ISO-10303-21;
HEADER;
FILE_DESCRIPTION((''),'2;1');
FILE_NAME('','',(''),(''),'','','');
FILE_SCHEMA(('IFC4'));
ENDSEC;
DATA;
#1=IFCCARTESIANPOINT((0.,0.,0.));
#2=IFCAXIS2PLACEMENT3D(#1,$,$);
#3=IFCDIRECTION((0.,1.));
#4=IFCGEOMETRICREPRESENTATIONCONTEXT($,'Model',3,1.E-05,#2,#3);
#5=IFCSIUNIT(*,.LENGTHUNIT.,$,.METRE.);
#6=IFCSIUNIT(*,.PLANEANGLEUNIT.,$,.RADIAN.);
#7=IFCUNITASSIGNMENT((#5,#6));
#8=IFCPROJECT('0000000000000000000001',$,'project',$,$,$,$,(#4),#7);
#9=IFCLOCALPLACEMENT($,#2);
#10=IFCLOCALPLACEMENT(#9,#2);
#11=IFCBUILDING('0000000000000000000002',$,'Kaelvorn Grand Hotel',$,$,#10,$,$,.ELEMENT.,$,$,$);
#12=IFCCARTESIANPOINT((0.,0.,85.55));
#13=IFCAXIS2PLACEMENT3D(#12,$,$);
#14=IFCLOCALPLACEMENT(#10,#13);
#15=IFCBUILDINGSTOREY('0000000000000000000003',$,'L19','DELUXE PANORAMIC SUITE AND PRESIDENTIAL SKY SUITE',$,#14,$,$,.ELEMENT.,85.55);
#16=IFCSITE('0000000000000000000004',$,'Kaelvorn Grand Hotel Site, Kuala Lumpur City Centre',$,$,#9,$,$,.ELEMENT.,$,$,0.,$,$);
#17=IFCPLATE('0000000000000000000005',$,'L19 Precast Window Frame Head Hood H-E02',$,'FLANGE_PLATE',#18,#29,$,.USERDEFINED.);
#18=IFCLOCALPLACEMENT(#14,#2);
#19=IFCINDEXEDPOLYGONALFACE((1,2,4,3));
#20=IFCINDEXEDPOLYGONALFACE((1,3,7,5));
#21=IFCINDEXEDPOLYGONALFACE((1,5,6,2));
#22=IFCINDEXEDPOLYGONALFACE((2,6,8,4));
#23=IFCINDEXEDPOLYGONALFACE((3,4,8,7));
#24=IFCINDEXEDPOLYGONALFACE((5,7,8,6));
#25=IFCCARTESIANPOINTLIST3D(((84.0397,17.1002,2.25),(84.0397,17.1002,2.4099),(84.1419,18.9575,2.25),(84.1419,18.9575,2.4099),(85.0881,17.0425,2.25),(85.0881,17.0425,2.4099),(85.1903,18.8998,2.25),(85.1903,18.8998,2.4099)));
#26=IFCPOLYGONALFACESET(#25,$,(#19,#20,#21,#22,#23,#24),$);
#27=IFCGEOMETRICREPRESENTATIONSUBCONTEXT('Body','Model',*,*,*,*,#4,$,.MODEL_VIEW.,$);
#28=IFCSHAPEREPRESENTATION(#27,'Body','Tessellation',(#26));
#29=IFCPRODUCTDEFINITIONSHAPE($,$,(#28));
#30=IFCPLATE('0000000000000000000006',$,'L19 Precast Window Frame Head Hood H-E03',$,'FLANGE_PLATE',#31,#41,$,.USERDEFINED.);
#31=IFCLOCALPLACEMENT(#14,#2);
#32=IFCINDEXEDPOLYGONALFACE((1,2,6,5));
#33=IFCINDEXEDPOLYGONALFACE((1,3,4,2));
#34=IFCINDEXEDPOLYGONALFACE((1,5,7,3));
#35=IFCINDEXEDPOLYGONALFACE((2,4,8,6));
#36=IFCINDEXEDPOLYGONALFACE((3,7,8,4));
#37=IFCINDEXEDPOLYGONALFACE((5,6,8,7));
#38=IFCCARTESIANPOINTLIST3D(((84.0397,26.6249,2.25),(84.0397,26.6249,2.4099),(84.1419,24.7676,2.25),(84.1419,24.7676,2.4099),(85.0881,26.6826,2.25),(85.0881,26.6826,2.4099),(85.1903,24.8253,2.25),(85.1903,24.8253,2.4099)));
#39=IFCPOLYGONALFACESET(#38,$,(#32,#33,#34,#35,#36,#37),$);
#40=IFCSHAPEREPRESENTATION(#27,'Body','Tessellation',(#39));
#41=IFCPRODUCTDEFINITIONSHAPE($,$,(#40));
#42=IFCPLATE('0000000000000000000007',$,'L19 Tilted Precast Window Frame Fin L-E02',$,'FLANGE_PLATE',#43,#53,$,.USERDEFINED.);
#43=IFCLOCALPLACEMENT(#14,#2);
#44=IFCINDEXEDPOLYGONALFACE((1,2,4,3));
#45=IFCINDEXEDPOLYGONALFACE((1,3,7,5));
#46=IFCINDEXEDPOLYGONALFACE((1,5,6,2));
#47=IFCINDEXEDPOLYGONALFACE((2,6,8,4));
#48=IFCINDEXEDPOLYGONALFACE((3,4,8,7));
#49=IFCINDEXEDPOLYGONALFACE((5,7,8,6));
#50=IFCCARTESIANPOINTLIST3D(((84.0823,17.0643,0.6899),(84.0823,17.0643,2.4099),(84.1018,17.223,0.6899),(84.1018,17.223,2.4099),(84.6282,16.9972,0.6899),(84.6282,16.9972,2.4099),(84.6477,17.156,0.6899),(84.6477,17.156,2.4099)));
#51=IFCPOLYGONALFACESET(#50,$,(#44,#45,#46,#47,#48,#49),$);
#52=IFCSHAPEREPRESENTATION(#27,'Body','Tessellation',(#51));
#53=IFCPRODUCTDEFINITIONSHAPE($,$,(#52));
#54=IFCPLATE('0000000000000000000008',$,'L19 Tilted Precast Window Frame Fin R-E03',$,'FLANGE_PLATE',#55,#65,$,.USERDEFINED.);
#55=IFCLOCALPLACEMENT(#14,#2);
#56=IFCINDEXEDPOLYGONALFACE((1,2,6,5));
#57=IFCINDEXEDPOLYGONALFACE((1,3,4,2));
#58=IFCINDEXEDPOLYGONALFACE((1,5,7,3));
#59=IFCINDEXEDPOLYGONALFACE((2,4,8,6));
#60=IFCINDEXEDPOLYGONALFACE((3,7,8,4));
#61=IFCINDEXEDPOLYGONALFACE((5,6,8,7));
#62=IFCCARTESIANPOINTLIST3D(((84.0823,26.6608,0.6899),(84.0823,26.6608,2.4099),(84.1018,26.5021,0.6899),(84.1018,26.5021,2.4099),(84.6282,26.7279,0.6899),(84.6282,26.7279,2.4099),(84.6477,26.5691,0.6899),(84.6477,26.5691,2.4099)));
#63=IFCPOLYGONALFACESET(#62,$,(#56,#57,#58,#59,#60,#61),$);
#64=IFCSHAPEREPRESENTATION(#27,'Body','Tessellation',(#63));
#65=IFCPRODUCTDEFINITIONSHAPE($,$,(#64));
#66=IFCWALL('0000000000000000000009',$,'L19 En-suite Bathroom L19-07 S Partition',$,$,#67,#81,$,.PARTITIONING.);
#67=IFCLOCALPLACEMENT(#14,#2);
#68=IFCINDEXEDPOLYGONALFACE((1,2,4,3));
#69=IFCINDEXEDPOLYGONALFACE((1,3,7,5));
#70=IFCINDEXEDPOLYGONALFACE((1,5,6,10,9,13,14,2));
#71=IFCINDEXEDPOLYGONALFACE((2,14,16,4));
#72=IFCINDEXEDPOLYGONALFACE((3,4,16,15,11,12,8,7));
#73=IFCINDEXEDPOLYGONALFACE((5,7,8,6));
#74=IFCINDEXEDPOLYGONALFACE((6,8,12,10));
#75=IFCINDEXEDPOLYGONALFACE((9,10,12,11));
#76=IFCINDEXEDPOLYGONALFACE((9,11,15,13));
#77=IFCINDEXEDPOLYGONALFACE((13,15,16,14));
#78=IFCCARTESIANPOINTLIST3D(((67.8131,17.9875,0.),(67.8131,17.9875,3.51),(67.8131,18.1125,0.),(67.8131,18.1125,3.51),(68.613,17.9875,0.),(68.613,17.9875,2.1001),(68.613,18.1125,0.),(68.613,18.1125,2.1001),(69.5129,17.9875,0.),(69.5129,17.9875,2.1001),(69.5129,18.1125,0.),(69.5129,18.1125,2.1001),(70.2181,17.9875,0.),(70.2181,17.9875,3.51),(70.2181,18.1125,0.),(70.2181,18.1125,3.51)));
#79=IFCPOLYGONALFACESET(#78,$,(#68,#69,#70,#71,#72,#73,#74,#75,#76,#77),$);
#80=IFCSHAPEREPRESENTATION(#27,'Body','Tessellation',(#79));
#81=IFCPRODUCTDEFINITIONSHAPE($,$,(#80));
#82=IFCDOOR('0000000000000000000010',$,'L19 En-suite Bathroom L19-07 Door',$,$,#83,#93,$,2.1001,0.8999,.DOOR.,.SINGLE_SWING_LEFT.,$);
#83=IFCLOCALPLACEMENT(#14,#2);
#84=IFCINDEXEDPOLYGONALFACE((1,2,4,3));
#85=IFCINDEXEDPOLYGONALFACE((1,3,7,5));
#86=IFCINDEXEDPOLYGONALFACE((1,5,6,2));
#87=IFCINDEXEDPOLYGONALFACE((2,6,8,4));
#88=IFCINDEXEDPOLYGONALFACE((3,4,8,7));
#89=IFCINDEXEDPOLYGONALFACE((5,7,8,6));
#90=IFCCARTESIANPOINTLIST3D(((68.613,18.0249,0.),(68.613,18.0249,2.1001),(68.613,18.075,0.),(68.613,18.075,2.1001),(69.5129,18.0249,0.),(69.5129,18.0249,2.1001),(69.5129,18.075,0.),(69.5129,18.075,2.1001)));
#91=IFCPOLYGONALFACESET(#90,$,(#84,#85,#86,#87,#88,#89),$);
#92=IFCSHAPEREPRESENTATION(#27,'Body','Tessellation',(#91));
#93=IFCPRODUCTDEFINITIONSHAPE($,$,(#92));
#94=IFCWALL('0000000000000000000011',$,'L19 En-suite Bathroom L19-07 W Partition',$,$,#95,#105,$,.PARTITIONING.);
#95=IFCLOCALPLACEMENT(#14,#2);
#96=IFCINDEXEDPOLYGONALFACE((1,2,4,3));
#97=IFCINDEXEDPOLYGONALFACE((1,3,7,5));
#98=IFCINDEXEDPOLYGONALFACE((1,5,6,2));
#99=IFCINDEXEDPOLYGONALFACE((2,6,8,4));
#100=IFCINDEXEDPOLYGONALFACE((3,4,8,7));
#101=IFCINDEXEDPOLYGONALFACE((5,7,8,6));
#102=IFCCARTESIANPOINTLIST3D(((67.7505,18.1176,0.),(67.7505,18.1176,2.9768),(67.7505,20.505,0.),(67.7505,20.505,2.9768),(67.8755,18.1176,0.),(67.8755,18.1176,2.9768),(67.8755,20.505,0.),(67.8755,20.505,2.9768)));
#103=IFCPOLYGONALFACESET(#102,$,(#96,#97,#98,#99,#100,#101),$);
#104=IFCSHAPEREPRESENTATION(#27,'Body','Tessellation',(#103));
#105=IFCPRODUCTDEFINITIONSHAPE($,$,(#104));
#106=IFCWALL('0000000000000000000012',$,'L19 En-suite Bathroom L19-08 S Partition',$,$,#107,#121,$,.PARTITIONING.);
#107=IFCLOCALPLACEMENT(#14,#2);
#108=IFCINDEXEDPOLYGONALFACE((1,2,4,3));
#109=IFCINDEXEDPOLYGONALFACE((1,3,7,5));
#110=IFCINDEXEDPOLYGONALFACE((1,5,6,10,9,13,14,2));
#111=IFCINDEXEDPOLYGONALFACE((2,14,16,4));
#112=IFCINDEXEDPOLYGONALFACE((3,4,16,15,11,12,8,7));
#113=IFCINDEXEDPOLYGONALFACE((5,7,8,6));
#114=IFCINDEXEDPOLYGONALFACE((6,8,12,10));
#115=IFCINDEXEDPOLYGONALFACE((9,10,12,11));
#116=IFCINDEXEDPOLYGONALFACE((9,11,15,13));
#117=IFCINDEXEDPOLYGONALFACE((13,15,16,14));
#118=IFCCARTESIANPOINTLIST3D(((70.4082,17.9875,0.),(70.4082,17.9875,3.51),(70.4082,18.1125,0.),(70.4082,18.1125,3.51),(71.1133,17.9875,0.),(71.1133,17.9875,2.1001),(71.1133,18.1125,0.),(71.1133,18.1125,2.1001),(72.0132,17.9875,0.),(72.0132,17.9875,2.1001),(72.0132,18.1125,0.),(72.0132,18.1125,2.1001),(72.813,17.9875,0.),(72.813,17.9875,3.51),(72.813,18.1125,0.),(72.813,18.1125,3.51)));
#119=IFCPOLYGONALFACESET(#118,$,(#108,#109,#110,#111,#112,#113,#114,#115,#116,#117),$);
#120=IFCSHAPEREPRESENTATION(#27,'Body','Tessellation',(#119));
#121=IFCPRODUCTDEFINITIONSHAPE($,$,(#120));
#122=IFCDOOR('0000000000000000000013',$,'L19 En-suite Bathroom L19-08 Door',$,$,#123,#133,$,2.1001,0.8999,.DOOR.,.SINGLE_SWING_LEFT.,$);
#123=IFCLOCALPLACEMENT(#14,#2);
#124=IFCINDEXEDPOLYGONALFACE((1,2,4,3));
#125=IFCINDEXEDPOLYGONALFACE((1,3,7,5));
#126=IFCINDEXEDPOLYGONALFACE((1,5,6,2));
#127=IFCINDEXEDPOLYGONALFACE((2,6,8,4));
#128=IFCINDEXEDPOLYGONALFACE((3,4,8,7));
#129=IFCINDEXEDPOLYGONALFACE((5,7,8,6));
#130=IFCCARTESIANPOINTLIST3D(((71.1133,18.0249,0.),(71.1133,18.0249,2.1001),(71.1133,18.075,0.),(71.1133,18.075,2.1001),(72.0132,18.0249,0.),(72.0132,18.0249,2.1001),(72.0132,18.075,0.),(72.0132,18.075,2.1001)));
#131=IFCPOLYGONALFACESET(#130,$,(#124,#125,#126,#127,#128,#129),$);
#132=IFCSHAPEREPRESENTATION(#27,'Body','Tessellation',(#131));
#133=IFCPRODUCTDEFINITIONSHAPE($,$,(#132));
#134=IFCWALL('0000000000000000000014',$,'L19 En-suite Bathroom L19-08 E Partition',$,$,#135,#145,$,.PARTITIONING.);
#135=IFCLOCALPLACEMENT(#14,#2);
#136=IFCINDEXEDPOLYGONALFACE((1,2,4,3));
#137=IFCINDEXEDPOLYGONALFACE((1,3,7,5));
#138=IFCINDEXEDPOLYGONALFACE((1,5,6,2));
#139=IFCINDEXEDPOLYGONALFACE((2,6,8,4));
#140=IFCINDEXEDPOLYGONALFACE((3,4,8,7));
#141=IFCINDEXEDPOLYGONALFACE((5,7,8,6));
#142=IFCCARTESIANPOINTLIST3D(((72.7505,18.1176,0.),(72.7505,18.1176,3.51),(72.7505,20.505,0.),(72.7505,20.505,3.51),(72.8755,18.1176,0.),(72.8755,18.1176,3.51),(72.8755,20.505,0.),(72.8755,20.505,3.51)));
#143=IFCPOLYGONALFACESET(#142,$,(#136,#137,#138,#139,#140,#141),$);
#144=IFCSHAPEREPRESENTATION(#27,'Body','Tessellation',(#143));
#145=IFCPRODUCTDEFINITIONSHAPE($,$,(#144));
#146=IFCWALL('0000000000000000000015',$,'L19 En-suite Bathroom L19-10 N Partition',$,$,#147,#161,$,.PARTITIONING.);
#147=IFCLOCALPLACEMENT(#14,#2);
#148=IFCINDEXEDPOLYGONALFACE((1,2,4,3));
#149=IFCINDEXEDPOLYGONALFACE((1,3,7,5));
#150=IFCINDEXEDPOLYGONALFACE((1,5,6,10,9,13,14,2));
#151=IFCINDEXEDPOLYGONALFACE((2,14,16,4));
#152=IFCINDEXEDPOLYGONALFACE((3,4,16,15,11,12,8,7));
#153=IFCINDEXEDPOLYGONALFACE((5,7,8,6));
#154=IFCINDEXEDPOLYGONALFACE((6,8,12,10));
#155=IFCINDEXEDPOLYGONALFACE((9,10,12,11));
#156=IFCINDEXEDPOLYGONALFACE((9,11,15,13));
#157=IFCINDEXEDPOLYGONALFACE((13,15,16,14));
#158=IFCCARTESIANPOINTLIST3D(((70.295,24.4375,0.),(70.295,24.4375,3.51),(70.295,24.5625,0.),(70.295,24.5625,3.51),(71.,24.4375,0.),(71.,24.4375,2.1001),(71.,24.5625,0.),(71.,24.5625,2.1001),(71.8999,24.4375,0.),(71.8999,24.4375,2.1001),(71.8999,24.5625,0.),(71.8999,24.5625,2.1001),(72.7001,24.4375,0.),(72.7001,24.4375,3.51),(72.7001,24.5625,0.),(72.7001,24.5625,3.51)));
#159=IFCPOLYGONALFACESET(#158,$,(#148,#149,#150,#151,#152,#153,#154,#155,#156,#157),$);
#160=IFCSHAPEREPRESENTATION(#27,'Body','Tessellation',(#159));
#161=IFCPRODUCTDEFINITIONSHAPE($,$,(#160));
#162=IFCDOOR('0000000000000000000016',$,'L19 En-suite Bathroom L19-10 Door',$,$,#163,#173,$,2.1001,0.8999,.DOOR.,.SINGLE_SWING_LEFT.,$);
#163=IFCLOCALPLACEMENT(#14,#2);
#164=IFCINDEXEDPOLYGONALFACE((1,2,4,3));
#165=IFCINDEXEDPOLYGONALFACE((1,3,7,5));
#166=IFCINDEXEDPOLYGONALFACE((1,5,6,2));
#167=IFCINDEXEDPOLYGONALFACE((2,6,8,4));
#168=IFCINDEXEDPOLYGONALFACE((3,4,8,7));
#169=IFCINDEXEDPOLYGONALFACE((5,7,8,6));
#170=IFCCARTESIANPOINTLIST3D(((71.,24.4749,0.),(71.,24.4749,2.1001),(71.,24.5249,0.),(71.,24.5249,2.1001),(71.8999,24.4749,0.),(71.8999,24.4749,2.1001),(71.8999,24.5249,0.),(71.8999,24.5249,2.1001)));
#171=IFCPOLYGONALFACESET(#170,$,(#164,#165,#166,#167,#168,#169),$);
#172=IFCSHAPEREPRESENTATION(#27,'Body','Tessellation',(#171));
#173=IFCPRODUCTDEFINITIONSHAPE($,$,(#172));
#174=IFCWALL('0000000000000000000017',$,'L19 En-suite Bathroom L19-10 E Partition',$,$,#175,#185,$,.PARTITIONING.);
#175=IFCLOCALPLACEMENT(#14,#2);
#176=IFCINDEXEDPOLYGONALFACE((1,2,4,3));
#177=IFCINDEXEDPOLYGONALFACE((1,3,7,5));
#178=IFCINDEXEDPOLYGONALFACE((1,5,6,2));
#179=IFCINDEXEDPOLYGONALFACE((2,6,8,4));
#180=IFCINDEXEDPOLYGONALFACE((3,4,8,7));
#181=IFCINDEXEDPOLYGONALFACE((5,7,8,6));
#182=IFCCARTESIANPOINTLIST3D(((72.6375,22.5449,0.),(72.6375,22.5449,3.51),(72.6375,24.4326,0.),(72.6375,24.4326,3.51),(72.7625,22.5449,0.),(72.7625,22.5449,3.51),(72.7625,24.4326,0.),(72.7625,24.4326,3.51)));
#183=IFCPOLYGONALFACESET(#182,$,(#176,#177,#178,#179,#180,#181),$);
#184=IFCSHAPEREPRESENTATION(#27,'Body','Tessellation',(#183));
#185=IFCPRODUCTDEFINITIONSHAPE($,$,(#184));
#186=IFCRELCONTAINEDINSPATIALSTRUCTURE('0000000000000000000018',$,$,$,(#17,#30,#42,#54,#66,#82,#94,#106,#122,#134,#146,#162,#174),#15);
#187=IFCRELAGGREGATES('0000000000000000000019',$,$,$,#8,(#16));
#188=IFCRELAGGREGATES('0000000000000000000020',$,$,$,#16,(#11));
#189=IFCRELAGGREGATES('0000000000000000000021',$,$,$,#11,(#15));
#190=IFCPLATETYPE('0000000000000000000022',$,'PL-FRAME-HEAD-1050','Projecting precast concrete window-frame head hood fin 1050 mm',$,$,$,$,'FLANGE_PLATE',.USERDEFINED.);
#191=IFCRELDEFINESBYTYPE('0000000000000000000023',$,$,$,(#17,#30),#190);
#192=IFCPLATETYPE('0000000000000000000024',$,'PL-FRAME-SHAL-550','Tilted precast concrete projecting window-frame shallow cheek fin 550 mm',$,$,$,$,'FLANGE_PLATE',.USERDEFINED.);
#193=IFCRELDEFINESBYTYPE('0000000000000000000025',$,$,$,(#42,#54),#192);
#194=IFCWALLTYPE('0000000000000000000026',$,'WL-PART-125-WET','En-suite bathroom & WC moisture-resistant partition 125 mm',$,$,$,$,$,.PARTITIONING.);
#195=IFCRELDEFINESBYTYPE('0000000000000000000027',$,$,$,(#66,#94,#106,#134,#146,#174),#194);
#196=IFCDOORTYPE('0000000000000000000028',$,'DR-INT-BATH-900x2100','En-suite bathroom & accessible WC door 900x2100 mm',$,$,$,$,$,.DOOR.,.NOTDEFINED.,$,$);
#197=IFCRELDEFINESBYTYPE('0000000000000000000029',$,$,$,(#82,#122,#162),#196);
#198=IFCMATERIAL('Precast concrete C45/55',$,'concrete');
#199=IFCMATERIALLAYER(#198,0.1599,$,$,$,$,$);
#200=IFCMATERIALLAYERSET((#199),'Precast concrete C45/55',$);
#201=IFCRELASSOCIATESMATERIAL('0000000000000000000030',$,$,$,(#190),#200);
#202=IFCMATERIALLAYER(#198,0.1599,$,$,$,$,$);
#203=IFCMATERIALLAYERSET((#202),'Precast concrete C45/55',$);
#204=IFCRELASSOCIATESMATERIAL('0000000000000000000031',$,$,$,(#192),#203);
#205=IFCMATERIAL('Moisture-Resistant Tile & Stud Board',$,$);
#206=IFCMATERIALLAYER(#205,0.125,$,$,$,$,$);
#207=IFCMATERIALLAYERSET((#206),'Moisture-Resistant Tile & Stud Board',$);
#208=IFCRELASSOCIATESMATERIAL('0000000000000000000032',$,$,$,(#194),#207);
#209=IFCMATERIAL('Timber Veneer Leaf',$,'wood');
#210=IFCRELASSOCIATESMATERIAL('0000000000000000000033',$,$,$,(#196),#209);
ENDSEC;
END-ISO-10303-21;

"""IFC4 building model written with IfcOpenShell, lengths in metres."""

from ifc_helpers import new_model, si_unit, direction, frame, frame_2d, origin, origin_2d, place, context, subcontext, project, spatial, rectangle, extrude, material, layer, layer_set, type_object, element, fill, save


model = new_model("IFC4")

# Units and contexts
model_context = context("Model", 3, precision=1e-05, world=origin(), true_north=direction((0.0, 1.0)))
body_context = subcontext(model_context, "Body", "Model", "MODEL_VIEW")
ifc_project = project(units=[si_unit("LENGTHUNIT", "METRE"), si_unit("PLANEANGLEUNIT", "RADIAN")], contexts=[model_context])

# Site, building, storey
site_placement = place(None, origin())
site = spatial("IfcSite", under=ifc_project, at=site_placement, Name="Kaelvorn Grand Hotel Site, Kuala Lumpur City Centre", CompositionType="ELEMENT", RefElevation=0.0)
building_placement = place(site_placement, origin())
building = spatial("IfcBuilding", under=site, at=building_placement, Name="Kaelvorn Grand Hotel", CompositionType="ELEMENT")
storey_placement = place(building_placement, frame((0.0, 0.0, 85.55)))
storey = spatial("IfcBuildingStorey", under=building, at=storey_placement, Name="L19", Description="DELUXE PANORAMIC SUITE AND PRESIDENTIAL SKY SUITE", CompositionType="ELEMENT", Elevation=85.55)

# Plates
ifc_material_1 = material(Name="Precast concrete C45/55", Category="concrete")
ifc_layer_1 = layer(ifc_material_1, 0.1599)
ifc_layer_set_1 = layer_set([ifc_layer_1], Name="Precast concrete C45/55")
plate_type_1 = type_object("IfcPlateType", Name="PL-FRAME-HEAD-1050", Description="Projecting precast concrete window-frame head hood fin 1050 mm", ElementType="FLANGE_PLATE", PredefinedType="USERDEFINED", material=ifc_layer_set_1)
for number, where, z_axis, x_axis, name in (
    (1, (84.615, 18.0, 2.25), (0.0, 0.0, 1.0), (0.05495, 0.998489, 0.0), "L19 Precast Window Frame Head Hood H-E02"),
    (2, (84.615, 25.7251, 2.25), (0.0, 0.0, 1.0), (-0.05495, 0.998489, 0.0), "L19 Precast Window Frame Head Hood H-E03"),
):
    element("IfcPlate", number, at=place(storey_placement, frame(where, z_axis=z_axis, x_axis=x_axis)), inside=storey, type_object=plate_type_1, Name=name, ObjectType="FLANGE_PLATE", PredefinedType="USERDEFINED", context=body_context, shape_type="SweptSolid", body=[
        extrude(rectangle(XDim=1.8601, YDim=1.05, at=origin_2d()), origin(), (0.0, 0.0, 1.0), 0.1599),
    ])
ifc_layer_2 = layer(ifc_material_1, 0.1599)
ifc_layer_set_2 = layer_set([ifc_layer_2], Name="Precast concrete C45/55")
plate_type_2 = type_object("IfcPlateType", Name="PL-FRAME-SHAL-550", Description="Tilted precast concrete projecting window-frame shallow cheek fin 550 mm", ElementType="FLANGE_PLATE", PredefinedType="USERDEFINED", material=ifc_layer_set_2)
for number, where, z_axis, x_axis, name in (
    (3, (84.365, 17.1101, 0.6899), (0.0, 0.0, 1.0), (0.121869, 0.992546, 0.0), "L19 Tilted Precast Window Frame Fin L-E02"),
    (4, (84.365, 26.615, 0.6899), (0.0, 0.0, 1.0), (-0.121869, 0.992546, 0.0), "L19 Tilted Precast Window Frame Fin R-E03"),
):
    element("IfcPlate", number, at=place(storey_placement, frame(where, z_axis=z_axis, x_axis=x_axis)), inside=storey, type_object=plate_type_2, Name=name, ObjectType="FLANGE_PLATE", PredefinedType="USERDEFINED", context=body_context, shape_type="SweptSolid", body=[
        extrude(rectangle(XDim=0.1599, YDim=0.55, at=origin_2d()), origin(), (0.0, 0.0, 1.0), 1.72),
    ])

# Wall, opening, door
ifc_material_2 = material(Name="Moisture-Resistant Tile & Stud Board")
ifc_layer_3 = layer(ifc_material_2, 0.125)
ifc_layer_set_3 = layer_set([ifc_layer_3], Name="Moisture-Resistant Tile & Stud Board")
wall_type_1 = type_object("IfcWallType", Name="WL-PART-125-WET", Description="En-suite bathroom & WC moisture-resistant partition 125 mm", PredefinedType="PARTITIONING", material=ifc_layer_set_3)
wall_1_placement = place(storey_placement, frame((67.813, 18.05, 0.0), z_axis=(0.0, 0.0, 1.0), x_axis=(1.0, 0.0, 0.0)))
wall_1 = element("IfcWall", 5, at=wall_1_placement, inside=storey, type_object=wall_type_1, Name="L19 En-suite Bathroom L19-07 S Partition", PredefinedType="PARTITIONING", context=body_context, shape_type="SweptSolid", body=[
    extrude(rectangle(XDim=2.405, YDim=0.125, at=frame_2d((1.2026, 0.0))), origin(), (0.0, 0.0, 1.0), 3.51),
])
opening_1_placement = place(wall_1_placement, frame((0.8, 0.0, 0.0)))
opening_1 = element("IfcOpeningElement", 6, at=opening_1_placement, cuts=wall_1, PredefinedType="OPENING", context=body_context, shape_type="SweptSolid", body=[
    extrude(rectangle(XDim=0.8999, YDim=2.1001, at=frame_2d((0.45, 1.05))), frame((0.0, 0.0725, 0.0), z_axis=(0.0, -1.0, 0.0), x_axis=(1.0, 0.0, 0.0)), (0.0, 0.0, 1.0), 0.145),
])
ifc_material_3 = material(Name="Timber Veneer Leaf", Category="wood")
door_type_1 = type_object("IfcDoorType", Name="DR-INT-BATH-900x2100", Description="En-suite bathroom & accessible WC door 900x2100 mm", OperationType="NOTDEFINED", PredefinedType="DOOR", material=ifc_material_3)
door_1_placement = place(opening_1_placement, origin())
door_1 = element("IfcDoor", 7, at=door_1_placement, inside=storey, type_object=door_type_1, Name="L19 En-suite Bathroom L19-07 Door", OperationType="SINGLE_SWING_LEFT", OverallHeight=2.1001, OverallWidth=0.8999, PredefinedType="DOOR", context=body_context, shape_type="SweptSolid", body=[
    extrude(rectangle(XDim=0.8999, YDim=2.1001, at=frame_2d((0.45, 1.05))), frame((0.0, 0.0249, 0.0), z_axis=(0.0, -1.0, 0.0), x_axis=(1.0, 0.0, 0.0)), (0.0, 0.0, 1.0), 0.05),
])
fill(opening_1, door_1)

# Wall
wall_2_placement = place(storey_placement, frame((67.813, 18.1174, 0.0), z_axis=(0.0, 0.0, 1.0), x_axis=(0.0, 1.0, 0.0)))
element("IfcWall", 8, at=wall_2_placement, inside=storey, type_object=wall_type_1, Name="L19 En-suite Bathroom L19-07 W Partition", PredefinedType="PARTITIONING", context=body_context, shape_type="SweptSolid", body=[
    extrude(rectangle(XDim=2.3875, YDim=0.125, at=frame_2d((1.1938, 0.0))), origin(), (0.0, 0.0, 1.0), 2.9768),
])

# Wall, opening, door
wall_3_placement = place(storey_placement, frame((70.4082, 18.05, 0.0), z_axis=(0.0, 0.0, 1.0), x_axis=(1.0, 0.0, 0.0)))
wall_3 = element("IfcWall", 9, at=wall_3_placement, inside=storey, type_object=wall_type_1, Name="L19 En-suite Bathroom L19-08 S Partition", PredefinedType="PARTITIONING", context=body_context, shape_type="SweptSolid", body=[
    extrude(rectangle(XDim=2.4048, YDim=0.125, at=frame_2d((1.2024, 0.0))), origin(), (0.0, 0.0, 1.0), 3.51),
])
opening_2_placement = place(wall_3_placement, frame((0.7051, 0.0, 0.0)))
opening_2 = element("IfcOpeningElement", 10, at=opening_2_placement, cuts=wall_3, PredefinedType="OPENING", context=body_context, shape_type="SweptSolid", body=[
    extrude(rectangle(XDim=0.8999, YDim=2.1001, at=frame_2d((0.45, 1.05))), frame((0.0, 0.0725, 0.0), z_axis=(0.0, -1.0, 0.0), x_axis=(1.0, 0.0, 0.0)), (0.0, 0.0, 1.0), 0.145),
])
door_2_placement = place(opening_2_placement, origin())
door_2 = element("IfcDoor", 11, at=door_2_placement, inside=storey, type_object=door_type_1, Name="L19 En-suite Bathroom L19-08 Door", OperationType="SINGLE_SWING_LEFT", OverallHeight=2.1001, OverallWidth=0.8999, PredefinedType="DOOR", context=body_context, shape_type="SweptSolid", body=[
    extrude(rectangle(XDim=0.8999, YDim=2.1001, at=frame_2d((0.45, 1.05))), frame((0.0, 0.0249, 0.0), z_axis=(0.0, -1.0, 0.0), x_axis=(1.0, 0.0, 0.0)), (0.0, 0.0, 1.0), 0.05),
])
fill(opening_2, door_2)

# Wall
wall_4_placement = place(storey_placement, frame((72.813, 18.1174, 0.0), z_axis=(0.0, 0.0, 1.0), x_axis=(0.0, 1.0, 0.0)))
element("IfcWall", 12, at=wall_4_placement, inside=storey, type_object=wall_type_1, Name="L19 En-suite Bathroom L19-08 E Partition", PredefinedType="PARTITIONING", context=body_context, shape_type="SweptSolid", body=[
    extrude(rectangle(XDim=2.3875, YDim=0.125, at=frame_2d((1.1938, 0.0))), origin(), (0.0, 0.0, 1.0), 3.51),
])

# Wall, opening, door
wall_5_placement = place(storey_placement, frame((70.2949, 24.5, 0.0), z_axis=(0.0, 0.0, 1.0), x_axis=(1.0, 0.0, 0.0)))
wall_5 = element("IfcWall", 13, at=wall_5_placement, inside=storey, type_object=wall_type_1, Name="L19 En-suite Bathroom L19-10 N Partition", PredefinedType="PARTITIONING", context=body_context, shape_type="SweptSolid", body=[
    extrude(rectangle(XDim=2.405, YDim=0.125, at=frame_2d((1.2026, 0.0))), origin(), (0.0, 0.0, 1.0), 3.51),
])
opening_3_placement = place(wall_5_placement, frame((0.7051, 0.0, 0.0)))
opening_3 = element("IfcOpeningElement", 14, at=opening_3_placement, cuts=wall_5, PredefinedType="OPENING", context=body_context, shape_type="SweptSolid", body=[
    extrude(rectangle(XDim=0.8999, YDim=2.1001, at=frame_2d((0.45, 1.05))), frame((0.0, 0.0725, 0.0), z_axis=(0.0, -1.0, 0.0), x_axis=(1.0, 0.0, 0.0)), (0.0, 0.0, 1.0), 0.145),
])
door_3_placement = place(opening_3_placement, origin())
door_3 = element("IfcDoor", 15, at=door_3_placement, inside=storey, type_object=door_type_1, Name="L19 En-suite Bathroom L19-10 Door", OperationType="SINGLE_SWING_LEFT", OverallHeight=2.1001, OverallWidth=0.8999, PredefinedType="DOOR", context=body_context, shape_type="SweptSolid", body=[
    extrude(rectangle(XDim=0.8999, YDim=2.1001, at=frame_2d((0.45, 1.05))), frame((0.0, 0.0249, 0.0), z_axis=(0.0, -1.0, 0.0), x_axis=(1.0, 0.0, 0.0)), (0.0, 0.0, 1.0), 0.05),
])
fill(opening_3, door_3)

# Wall
wall_6_placement = place(storey_placement, frame((72.7, 22.5449, 0.0), z_axis=(0.0, 0.0, 1.0), x_axis=(0.0, 1.0, 0.0)))
element("IfcWall", 16, at=wall_6_placement, inside=storey, type_object=wall_type_1, Name="L19 En-suite Bathroom L19-10 E Partition", PredefinedType="PARTITIONING", context=body_context, shape_type="SweptSolid", body=[
    extrude(rectangle(XDim=1.8877, YDim=0.125, at=frame_2d((0.9438, 0.0))), origin(), (0.0, 0.0, 1.0), 3.51),
])

save(model, "model.ifc")
